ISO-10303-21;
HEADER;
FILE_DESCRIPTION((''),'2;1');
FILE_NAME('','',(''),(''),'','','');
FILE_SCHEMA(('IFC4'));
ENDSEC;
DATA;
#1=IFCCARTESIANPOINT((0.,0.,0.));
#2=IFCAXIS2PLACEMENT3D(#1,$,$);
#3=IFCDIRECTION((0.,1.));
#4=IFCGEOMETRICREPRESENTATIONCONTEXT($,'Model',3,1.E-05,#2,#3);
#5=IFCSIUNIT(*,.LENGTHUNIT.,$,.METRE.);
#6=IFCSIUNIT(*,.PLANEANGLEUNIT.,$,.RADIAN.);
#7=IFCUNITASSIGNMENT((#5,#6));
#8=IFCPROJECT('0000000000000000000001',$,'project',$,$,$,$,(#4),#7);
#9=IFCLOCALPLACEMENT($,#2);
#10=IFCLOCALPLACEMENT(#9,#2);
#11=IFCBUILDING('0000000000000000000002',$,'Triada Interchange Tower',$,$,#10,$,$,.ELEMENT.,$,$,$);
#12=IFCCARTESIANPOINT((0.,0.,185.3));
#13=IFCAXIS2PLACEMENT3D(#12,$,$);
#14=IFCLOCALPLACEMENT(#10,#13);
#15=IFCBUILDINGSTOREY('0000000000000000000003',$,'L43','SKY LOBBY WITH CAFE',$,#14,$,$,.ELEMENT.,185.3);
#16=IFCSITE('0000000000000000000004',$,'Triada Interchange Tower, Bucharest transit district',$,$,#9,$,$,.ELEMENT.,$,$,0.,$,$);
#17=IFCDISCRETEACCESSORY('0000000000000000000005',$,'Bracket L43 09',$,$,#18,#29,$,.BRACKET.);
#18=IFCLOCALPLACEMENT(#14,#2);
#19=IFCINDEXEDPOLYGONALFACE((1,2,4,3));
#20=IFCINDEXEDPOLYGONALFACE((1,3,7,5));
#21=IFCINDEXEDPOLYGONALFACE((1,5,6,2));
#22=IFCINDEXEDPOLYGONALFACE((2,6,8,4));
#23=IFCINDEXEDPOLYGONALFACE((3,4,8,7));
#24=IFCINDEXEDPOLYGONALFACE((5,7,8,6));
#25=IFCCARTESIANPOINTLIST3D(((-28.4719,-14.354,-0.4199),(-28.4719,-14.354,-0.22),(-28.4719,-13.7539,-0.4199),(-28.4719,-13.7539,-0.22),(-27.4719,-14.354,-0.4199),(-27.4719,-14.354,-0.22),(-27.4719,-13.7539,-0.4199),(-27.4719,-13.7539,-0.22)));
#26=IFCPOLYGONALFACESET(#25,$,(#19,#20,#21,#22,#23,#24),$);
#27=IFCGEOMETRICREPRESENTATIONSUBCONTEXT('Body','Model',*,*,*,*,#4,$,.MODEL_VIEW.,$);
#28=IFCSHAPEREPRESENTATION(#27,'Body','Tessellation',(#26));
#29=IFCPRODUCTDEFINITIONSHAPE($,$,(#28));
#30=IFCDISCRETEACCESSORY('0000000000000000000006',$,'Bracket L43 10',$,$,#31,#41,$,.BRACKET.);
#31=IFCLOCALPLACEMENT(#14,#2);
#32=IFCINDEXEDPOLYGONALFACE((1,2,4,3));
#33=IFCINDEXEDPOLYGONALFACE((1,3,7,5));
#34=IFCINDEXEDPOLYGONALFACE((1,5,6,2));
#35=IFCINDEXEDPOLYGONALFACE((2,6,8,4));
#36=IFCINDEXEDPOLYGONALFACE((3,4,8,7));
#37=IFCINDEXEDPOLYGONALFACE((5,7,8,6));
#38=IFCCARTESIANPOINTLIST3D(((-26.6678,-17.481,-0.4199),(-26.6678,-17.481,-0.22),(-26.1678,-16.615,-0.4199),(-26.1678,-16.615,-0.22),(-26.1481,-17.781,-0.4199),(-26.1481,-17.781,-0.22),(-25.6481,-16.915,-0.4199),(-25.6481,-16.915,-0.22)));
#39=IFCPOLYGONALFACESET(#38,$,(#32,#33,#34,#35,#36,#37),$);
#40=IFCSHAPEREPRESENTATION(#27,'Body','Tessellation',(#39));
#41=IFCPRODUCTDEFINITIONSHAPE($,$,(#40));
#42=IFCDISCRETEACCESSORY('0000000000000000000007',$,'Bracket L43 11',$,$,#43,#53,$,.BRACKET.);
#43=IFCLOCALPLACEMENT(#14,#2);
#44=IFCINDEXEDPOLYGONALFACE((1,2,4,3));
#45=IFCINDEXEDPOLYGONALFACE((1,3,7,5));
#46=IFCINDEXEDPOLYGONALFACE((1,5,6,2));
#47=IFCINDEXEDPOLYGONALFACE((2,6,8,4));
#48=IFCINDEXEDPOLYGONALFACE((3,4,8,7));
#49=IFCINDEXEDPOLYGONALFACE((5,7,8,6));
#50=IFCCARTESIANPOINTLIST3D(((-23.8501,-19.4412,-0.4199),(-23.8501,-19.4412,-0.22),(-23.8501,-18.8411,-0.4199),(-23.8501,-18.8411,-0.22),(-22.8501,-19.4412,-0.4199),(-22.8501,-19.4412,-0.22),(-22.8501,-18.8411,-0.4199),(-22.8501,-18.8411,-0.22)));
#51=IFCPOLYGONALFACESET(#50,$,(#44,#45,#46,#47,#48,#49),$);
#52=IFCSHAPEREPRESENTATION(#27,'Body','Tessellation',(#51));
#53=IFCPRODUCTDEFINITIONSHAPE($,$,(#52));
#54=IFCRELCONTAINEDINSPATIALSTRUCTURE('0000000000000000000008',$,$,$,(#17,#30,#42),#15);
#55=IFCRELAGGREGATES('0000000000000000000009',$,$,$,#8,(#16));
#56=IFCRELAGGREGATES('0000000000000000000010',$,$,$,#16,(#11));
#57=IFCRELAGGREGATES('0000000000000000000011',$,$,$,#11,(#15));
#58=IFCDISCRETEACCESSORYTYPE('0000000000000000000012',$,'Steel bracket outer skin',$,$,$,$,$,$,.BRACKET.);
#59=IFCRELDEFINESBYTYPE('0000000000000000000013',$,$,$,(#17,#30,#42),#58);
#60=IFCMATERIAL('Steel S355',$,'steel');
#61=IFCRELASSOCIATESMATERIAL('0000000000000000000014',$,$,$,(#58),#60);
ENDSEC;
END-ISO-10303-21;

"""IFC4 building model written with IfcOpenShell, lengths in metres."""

from ifc_helpers import new_model, si_unit, direction, frame, origin, origin_2d, place, context, subcontext, project, spatial, rectangle, extrude, material, type_object, element, save


model = new_model("IFC4")

# Units and contexts
model_context = context("Model", 3, precision=1e-05, world=origin(), true_north=direction((0.0, 1.0)))
body_context = subcontext(model_context, "Body", "Model", "MODEL_VIEW")
ifc_project = project(units=[si_unit("LENGTHUNIT", "METRE"), si_unit("PLANEANGLEUNIT", "RADIAN")], contexts=[model_context])

# Site, building, storey
site_placement = place(None, origin())
site = spatial("IfcSite", under=ifc_project, at=site_placement, Name="Triada Interchange Tower, Bucharest transit district", CompositionType="ELEMENT", RefElevation=0.0)
building_placement = place(site_placement, origin())
building = spatial("IfcBuilding", under=site, at=building_placement, Name="Triada Interchange Tower", CompositionType="ELEMENT")
storey_placement = place(building_placement, frame((0.0, 0.0, 185.3)))
storey = spatial("IfcBuildingStorey", under=building, at=storey_placement, Name="L43", Description="SKY LOBBY WITH CAFE", CompositionType="ELEMENT", Elevation=185.3)

# Discrete accessories
ifc_material_1 = material(Name="Steel S355", Category="steel")
discrete_accessory_type = type_object("IfcDiscreteAccessoryType", Name="Steel bracket outer skin", PredefinedType="BRACKET", material=ifc_material_1)
for number, where, z_axis, x_axis, name in (
    (1, (-27.9719, -14.054, -0.4199), (0.0, 0.0, 1.0), (0.0, -1.0, 0.0), "Bracket L43 09"),
    (2, (-26.158, -17.198, -0.4199), (0.0, 0.0, 1.0), (-0.866024, 0.500002, 0.0), "Bracket L43 10"),
    (3, (-23.3501, -19.1411, -0.4199), (0.0, 0.0, 1.0), (0.0, -1.0, 0.0), "Bracket L43 11"),
):
    element("IfcDiscreteAccessory", number, at=place(storey_placement, frame(where, z_axis=z_axis, x_axis=x_axis)), inside=storey, type_object=discrete_accessory_type, Name=name, PredefinedType="BRACKET", context=body_context, shape_type="SweptSolid", body=[
        extrude(rectangle(XDim=0.6001, YDim=1.0, at=origin_2d()), origin(), (0.0, 0.0, 1.0), 0.2),
    ])

save(model, "model.ifc")
